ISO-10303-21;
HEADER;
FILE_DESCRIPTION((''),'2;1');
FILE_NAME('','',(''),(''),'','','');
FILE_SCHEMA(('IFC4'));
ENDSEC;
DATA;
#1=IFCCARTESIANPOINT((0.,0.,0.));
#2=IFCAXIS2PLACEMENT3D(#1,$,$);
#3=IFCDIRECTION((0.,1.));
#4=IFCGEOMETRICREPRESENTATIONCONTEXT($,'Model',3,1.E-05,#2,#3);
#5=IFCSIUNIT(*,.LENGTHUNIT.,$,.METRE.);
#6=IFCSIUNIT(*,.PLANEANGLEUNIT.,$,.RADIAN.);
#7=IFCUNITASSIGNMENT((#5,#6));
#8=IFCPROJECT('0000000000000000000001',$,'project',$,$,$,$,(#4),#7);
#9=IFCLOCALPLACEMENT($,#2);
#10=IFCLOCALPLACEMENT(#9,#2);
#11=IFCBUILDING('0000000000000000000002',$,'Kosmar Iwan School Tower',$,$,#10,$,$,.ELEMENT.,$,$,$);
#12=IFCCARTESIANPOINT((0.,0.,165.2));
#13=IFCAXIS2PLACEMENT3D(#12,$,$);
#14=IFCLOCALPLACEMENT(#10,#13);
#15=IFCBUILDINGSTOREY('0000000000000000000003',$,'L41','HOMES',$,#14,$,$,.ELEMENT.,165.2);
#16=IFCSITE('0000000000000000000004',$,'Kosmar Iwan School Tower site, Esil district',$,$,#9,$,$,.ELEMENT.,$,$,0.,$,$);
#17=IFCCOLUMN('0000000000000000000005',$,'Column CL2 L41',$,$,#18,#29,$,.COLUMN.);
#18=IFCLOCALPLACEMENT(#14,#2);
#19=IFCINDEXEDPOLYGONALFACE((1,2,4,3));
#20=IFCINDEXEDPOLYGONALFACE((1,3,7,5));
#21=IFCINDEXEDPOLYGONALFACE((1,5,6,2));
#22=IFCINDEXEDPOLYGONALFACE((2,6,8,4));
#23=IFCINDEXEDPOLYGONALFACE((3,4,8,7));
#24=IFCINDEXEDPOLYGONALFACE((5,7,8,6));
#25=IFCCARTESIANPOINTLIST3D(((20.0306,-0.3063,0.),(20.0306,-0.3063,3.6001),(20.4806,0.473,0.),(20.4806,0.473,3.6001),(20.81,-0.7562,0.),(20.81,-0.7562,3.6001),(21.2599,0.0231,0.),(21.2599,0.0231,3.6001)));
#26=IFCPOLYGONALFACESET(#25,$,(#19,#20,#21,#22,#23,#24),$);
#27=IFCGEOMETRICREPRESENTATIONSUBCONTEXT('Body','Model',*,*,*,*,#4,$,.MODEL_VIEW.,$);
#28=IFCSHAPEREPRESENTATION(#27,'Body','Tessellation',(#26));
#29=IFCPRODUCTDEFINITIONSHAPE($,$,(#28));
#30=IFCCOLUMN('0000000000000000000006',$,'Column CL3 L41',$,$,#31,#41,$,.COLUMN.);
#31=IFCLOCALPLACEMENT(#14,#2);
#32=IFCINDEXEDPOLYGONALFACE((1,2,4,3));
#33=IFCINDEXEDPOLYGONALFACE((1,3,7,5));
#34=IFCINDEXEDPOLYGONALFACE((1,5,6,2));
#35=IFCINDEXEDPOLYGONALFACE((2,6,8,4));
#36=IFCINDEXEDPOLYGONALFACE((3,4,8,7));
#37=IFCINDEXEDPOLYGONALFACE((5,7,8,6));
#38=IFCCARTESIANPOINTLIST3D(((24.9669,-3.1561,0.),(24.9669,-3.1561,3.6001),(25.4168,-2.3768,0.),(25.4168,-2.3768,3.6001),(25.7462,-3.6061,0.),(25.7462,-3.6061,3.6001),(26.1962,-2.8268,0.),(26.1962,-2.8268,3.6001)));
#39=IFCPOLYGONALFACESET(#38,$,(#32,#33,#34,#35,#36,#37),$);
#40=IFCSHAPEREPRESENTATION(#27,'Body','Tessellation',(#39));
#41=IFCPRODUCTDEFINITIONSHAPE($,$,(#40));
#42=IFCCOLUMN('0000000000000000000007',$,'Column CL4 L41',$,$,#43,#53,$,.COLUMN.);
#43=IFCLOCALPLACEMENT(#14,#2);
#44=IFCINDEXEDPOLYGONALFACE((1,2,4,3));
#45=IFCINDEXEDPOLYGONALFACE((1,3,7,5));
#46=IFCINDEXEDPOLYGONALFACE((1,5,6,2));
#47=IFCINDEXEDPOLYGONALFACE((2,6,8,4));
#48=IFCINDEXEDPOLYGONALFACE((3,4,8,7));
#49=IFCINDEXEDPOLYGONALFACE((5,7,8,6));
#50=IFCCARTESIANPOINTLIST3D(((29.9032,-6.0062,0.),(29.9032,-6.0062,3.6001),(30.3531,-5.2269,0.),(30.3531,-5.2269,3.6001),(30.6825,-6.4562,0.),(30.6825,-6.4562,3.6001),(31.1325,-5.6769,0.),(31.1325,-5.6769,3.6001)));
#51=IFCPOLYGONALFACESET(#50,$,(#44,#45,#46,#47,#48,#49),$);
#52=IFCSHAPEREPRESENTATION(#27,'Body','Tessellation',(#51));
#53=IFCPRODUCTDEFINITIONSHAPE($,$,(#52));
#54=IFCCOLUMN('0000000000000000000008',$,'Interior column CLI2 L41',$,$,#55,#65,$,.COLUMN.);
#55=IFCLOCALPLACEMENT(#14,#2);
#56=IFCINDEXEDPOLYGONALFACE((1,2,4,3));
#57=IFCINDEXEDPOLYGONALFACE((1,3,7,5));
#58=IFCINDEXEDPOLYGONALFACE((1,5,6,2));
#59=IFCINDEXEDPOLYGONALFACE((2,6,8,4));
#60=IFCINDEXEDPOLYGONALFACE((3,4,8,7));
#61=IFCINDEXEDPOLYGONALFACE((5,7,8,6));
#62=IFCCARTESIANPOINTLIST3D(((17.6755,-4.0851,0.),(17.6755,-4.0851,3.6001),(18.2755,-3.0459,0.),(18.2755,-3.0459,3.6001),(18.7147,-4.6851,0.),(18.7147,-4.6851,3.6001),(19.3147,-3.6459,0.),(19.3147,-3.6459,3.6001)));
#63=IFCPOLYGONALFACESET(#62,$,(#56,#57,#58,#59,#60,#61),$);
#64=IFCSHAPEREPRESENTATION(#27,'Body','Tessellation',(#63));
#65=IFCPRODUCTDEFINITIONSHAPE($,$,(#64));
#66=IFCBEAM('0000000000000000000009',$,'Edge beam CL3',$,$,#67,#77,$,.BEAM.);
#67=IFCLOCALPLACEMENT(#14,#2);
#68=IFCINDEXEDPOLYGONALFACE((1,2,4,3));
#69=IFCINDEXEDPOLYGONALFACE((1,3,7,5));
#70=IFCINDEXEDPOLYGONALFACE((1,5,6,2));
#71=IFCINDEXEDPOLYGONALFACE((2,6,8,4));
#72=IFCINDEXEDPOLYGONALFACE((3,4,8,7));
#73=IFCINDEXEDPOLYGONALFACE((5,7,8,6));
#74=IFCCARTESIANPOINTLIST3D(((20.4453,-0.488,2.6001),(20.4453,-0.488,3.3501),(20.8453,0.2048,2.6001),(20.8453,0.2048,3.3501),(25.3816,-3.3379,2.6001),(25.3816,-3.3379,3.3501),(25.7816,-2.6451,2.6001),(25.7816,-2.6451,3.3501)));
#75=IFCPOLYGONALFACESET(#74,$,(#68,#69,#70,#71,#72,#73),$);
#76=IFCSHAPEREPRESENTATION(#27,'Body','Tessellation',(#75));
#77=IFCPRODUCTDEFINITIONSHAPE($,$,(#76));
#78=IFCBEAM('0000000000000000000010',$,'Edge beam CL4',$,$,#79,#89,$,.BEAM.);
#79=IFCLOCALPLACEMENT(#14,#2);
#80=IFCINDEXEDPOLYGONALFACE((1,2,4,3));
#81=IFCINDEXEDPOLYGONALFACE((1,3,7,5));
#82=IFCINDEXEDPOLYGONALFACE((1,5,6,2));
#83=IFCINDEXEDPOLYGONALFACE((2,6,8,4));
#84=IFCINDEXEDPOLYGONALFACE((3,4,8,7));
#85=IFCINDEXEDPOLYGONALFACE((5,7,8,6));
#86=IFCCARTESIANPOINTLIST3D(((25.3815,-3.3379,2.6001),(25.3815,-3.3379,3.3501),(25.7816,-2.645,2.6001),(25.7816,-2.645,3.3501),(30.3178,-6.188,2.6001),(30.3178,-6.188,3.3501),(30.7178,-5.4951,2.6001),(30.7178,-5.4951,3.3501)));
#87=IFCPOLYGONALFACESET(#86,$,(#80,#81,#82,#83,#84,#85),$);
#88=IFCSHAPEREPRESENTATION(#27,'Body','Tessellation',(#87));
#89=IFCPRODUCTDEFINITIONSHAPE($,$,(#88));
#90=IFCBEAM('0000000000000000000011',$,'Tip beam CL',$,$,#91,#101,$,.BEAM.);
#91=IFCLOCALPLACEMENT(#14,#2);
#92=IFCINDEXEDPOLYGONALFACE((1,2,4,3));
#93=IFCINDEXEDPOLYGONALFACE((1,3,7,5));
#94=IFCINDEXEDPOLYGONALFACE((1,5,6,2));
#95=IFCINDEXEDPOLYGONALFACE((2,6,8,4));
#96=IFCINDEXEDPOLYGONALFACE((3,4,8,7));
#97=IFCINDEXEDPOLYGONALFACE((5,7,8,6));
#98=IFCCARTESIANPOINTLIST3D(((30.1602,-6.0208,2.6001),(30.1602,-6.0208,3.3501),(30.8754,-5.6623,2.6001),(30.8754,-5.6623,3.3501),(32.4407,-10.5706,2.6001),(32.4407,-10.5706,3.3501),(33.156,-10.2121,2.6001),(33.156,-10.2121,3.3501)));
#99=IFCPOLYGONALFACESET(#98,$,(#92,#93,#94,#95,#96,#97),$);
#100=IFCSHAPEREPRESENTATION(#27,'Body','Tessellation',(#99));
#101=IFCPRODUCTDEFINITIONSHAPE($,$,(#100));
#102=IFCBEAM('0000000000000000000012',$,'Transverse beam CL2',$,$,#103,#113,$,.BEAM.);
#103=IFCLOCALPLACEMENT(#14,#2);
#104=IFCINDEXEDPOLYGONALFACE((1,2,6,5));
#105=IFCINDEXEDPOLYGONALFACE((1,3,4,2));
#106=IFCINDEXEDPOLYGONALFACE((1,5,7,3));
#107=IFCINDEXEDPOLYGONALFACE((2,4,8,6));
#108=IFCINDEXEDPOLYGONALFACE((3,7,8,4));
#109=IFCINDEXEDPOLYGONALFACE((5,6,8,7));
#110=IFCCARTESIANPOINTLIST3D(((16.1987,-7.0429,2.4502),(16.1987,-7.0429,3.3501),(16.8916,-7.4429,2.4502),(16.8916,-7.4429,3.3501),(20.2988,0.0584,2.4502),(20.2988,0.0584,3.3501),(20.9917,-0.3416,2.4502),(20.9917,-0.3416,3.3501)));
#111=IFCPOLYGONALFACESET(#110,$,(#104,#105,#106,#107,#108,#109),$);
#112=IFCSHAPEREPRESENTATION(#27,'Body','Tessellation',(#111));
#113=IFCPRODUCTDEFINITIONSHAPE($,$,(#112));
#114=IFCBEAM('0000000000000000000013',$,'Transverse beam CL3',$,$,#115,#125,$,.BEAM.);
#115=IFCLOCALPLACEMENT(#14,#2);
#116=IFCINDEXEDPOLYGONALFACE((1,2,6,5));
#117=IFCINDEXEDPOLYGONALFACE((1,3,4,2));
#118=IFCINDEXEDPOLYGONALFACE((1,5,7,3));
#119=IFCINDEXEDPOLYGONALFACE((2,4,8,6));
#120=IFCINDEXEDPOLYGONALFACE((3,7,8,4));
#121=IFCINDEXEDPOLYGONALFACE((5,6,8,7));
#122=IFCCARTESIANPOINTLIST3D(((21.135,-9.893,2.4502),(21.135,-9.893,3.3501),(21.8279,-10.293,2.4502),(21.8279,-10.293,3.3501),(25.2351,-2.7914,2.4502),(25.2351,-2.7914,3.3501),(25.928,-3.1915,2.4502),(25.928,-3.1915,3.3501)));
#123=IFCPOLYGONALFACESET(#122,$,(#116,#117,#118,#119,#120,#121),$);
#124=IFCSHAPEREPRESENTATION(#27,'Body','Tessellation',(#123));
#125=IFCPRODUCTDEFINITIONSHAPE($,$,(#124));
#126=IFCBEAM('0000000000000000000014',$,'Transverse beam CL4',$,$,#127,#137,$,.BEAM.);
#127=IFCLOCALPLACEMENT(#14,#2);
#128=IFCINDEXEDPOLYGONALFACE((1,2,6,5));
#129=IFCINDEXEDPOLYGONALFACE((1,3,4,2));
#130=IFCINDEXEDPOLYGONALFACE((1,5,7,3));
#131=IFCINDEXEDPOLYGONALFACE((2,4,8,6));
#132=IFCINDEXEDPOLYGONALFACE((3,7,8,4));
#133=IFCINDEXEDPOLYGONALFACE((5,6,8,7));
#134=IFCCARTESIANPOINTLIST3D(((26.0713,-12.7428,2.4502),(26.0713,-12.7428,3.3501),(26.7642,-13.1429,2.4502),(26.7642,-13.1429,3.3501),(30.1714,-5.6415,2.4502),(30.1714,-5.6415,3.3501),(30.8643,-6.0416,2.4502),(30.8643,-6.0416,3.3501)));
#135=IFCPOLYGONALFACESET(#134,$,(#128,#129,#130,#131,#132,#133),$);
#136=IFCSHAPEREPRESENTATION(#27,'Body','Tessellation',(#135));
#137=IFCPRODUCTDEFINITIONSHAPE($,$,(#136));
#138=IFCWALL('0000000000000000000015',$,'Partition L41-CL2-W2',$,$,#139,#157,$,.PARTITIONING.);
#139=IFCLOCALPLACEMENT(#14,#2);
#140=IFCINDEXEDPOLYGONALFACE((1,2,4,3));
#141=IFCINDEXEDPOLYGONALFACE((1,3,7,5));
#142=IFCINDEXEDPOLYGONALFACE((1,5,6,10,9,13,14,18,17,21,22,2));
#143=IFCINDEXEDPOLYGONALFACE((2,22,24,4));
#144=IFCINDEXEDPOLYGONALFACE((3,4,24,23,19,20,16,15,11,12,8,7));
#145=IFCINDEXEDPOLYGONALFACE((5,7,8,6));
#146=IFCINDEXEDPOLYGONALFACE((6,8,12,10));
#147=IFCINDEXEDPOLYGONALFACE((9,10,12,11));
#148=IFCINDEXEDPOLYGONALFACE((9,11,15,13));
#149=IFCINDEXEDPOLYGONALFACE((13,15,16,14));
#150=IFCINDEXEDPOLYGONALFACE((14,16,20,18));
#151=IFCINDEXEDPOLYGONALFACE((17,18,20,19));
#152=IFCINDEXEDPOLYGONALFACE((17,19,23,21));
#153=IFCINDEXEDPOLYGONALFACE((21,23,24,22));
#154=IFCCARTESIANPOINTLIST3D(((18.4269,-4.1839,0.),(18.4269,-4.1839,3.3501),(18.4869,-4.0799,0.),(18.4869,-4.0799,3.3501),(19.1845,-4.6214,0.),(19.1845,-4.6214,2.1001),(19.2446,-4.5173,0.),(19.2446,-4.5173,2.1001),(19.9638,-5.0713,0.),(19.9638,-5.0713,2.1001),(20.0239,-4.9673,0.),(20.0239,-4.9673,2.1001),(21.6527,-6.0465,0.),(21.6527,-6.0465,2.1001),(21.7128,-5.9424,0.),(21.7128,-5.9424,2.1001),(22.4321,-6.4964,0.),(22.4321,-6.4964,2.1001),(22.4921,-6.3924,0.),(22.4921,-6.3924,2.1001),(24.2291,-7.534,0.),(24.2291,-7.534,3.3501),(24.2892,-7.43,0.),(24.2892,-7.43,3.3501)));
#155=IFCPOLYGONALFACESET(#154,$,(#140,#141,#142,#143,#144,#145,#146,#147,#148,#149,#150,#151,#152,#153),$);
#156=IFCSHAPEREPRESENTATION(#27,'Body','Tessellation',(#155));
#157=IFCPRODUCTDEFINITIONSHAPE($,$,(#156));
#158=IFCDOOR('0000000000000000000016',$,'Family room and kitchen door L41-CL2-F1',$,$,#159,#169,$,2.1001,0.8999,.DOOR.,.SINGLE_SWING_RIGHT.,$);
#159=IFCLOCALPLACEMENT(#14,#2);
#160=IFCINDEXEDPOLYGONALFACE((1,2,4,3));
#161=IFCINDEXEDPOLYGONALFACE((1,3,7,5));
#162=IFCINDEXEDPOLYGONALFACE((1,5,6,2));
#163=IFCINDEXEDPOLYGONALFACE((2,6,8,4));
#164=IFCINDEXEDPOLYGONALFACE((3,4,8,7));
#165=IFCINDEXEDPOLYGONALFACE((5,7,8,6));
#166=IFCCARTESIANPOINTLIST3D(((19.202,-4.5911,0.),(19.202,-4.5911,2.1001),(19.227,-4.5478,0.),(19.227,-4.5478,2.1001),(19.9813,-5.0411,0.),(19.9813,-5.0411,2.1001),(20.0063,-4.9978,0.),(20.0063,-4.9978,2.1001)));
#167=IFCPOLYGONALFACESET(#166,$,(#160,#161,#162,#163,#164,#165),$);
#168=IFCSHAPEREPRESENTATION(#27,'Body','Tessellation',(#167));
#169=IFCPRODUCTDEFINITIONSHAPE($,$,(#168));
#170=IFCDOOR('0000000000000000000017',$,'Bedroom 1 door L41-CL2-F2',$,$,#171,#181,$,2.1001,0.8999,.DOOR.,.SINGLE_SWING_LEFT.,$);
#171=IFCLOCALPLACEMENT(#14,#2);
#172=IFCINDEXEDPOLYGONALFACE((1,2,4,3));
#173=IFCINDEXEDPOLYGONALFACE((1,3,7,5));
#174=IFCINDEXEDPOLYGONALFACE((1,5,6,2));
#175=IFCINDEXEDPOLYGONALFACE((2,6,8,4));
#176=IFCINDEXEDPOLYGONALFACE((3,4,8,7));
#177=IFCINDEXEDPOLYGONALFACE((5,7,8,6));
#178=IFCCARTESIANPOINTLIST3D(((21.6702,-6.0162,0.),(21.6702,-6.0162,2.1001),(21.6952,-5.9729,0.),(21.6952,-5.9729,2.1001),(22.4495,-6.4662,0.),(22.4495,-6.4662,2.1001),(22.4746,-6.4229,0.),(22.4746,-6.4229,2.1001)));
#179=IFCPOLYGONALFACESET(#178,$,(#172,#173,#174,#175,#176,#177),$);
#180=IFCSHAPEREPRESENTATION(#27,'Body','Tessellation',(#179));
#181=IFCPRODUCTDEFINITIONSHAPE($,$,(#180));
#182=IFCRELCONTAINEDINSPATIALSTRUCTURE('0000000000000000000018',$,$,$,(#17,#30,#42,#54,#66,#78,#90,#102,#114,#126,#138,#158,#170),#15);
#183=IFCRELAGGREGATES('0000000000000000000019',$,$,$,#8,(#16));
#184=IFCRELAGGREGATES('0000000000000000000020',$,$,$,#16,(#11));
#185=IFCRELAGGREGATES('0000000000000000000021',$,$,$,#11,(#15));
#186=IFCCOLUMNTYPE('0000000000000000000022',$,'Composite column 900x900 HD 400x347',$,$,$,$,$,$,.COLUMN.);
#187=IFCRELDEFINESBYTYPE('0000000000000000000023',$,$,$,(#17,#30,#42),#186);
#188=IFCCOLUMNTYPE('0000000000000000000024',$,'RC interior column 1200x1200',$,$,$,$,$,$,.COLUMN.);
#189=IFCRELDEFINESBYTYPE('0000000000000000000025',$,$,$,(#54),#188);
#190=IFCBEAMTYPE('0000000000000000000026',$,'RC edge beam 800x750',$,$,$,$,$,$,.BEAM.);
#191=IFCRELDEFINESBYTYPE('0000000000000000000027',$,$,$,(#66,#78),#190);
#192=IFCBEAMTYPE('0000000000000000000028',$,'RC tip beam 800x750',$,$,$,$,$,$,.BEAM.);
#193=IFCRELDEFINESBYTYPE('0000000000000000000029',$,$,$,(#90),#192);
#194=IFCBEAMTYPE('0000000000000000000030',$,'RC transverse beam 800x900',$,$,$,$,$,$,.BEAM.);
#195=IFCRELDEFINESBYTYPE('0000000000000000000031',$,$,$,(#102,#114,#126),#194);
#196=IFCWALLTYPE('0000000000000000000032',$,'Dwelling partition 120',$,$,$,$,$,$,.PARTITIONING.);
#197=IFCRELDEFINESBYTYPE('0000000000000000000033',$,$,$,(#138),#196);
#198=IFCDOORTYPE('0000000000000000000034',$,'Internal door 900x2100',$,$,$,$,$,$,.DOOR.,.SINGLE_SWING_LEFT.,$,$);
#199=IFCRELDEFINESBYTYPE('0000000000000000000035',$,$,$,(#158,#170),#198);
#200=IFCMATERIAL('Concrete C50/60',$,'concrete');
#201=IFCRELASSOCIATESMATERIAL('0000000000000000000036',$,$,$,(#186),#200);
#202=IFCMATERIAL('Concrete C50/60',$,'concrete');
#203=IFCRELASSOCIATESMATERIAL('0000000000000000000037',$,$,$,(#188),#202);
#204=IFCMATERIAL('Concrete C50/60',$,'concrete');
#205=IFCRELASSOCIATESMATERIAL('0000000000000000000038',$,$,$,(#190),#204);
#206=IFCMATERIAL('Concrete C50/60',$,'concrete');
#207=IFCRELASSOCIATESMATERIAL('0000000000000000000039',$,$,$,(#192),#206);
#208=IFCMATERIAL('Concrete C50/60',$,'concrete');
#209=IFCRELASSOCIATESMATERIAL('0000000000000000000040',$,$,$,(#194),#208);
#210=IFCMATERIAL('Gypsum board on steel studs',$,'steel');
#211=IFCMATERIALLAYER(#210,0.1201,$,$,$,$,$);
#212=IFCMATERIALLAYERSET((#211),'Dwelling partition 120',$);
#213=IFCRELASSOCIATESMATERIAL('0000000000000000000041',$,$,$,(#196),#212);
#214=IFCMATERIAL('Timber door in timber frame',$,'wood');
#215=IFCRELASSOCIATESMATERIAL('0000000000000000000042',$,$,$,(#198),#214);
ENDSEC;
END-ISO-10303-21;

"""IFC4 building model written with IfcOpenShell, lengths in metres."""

from ifc_helpers import new_model, si_unit, direction, frame, frame_2d, origin, origin_2d, place, context, subcontext, project, spatial, rectangle, extrude, material, layer, layer_set, material_profile, profile_set, type_object, element, fill, save


model = new_model("IFC4")

# Units and contexts
model_context = context("Model", 3, precision=1e-05, world=origin(), true_north=direction((0.0, 1.0)))
body_context = subcontext(model_context, "Body", "Model", "MODEL_VIEW")
ifc_project = project(units=[si_unit("LENGTHUNIT", "METRE"), si_unit("PLANEANGLEUNIT", "RADIAN")], contexts=[model_context])

# Site, building, storey
site_placement = place(None, origin())
site = spatial("IfcSite", under=ifc_project, at=site_placement, Name="Kosmar Iwan School Tower site, Esil district", CompositionType="ELEMENT", RefElevation=0.0)
building_placement = place(site_placement, origin())
building = spatial("IfcBuilding", under=site, at=building_placement, Name="Kosmar Iwan School Tower", CompositionType="ELEMENT")
storey_placement = place(building_placement, frame((0.0, 0.0, 165.2)))
storey = spatial("IfcBuildingStorey", under=building, at=storey_placement, Name="L41", Description="HOMES", CompositionType="ELEMENT", Elevation=165.2)

# Columns
ifc_material_1 = material(Name="Concrete C50/60", Category="concrete")
ifc_material_profile_1 = material_profile(ifc_material_1, rectangle(XDim=0.8999, YDim=0.8999, at=origin_2d()), Name="RC 900x900 + HD 400x347")
ifc_profile_set_1 = profile_set([ifc_material_profile_1], Name="Concrete C50/60")
column_type_1 = type_object("IfcColumnType", Name="Composite column 900x900 HD 400x347", PredefinedType="COLUMN", material=ifc_profile_set_1)
for number, where, z_axis, x_axis, name in (
    (1, (20.6453, -0.1416, 0.0), (0.0, 0.0, 1.0), (0.866025, -0.5, 0.0), "Column CL2 L41"),
    (2, (25.5815, -2.9915, 0.0), (0.0, 0.0, 1.0), (0.866025, -0.5, 0.0), "Column CL3 L41"),
    (3, (30.5178, -5.8416, 0.0), (0.0, 0.0, 1.0), (0.866025, -0.5, 0.0), "Column CL4 L41"),
):
    element("IfcColumn", number, at=place(storey_placement, frame(where, z_axis=z_axis, x_axis=x_axis)), inside=storey, type_object=column_type_1, Name=name, PredefinedType="COLUMN", context=body_context, shape_type="SweptSolid", body=[
        extrude(rectangle(XDim=0.8999, YDim=0.8999, at=origin_2d()), origin(), (0.0, 0.0, 1.0), 3.6001),
    ])
ifc_material_2 = material(Name="Concrete C50/60", Category="concrete")
ifc_material_profile_2 = material_profile(ifc_material_2, rectangle(XDim=1.2, YDim=1.2, at=origin_2d()), Name="RC 1200x1200")
ifc_profile_set_2 = profile_set([ifc_material_profile_2], Name="Concrete C50/60")
column_type_2 = type_object("IfcColumnType", Name="RC interior column 1200x1200", PredefinedType="COLUMN", material=ifc_profile_set_2)
column_placement = place(storey_placement, frame((18.4951, -3.8655, 0.0), z_axis=(0.0, 0.0, 1.0), x_axis=(0.866025, -0.5, 0.0)))
element("IfcColumn", 4, at=column_placement, inside=storey, type_object=column_type_2, Name="Interior column CLI2 L41", PredefinedType="COLUMN", context=body_context, shape_type="SweptSolid", body=[
    extrude(rectangle(XDim=1.2, YDim=1.2, at=origin_2d()), origin(), (0.0, 0.0, 1.0), 3.6001),
])

# Beams
ifc_material_3 = material(Name="Concrete C50/60", Category="concrete")
ifc_material_profile_3 = material_profile(ifc_material_3, rectangle(XDim=0.8, YDim=0.75, at=origin_2d()), Name="RC 800x750")
ifc_profile_set_3 = profile_set([ifc_material_profile_3], Name="Concrete C50/60")
beam_type_1 = type_object("IfcBeamType", Name="RC edge beam 800x750", PredefinedType="BEAM", material=ifc_profile_set_3)
for number, where, z_axis, x_axis, name in (
    (5, (20.6453, -0.1416, 2.9751), (0.866034, -0.499986, 0.0), (0.499986, 0.866034, 0.0), "Edge beam CL3"),
    (6, (25.5815, -2.9915, 2.9751), (0.866015, -0.500018, 0.0), (0.500018, 0.866015, 0.0), "Edge beam CL4"),
):
    element("IfcBeam", number, at=place(storey_placement, frame(where, z_axis=z_axis, x_axis=x_axis)), inside=storey, type_object=beam_type_1, Name=name, PredefinedType="BEAM", context=body_context, shape_type="SweptSolid", body=[
        extrude(rectangle(XDim=0.8, YDim=0.75, at=origin_2d()), origin(), (0.0, 0.0, 1.0), 5.7),
    ])
ifc_material_4 = material(Name="Concrete C50/60", Category="concrete")
ifc_material_profile_4 = material_profile(ifc_material_4, rectangle(XDim=0.8, YDim=0.75, at=origin_2d()), Name="RC 800x750")
ifc_profile_set_4 = profile_set([ifc_material_profile_4], Name="Concrete C50/60")
beam_type_2 = type_object("IfcBeamType", Name="RC tip beam 800x750", PredefinedType="BEAM", material=ifc_profile_set_4)
beam_1_placement = place(storey_placement, frame((30.5178, -5.8416, 2.9751), z_axis=(0.448096, -0.893985, 0.0), x_axis=(0.893985, 0.448096, 0.0)))
element("IfcBeam", 7, at=beam_1_placement, inside=storey, type_object=beam_type_2, Name="Tip beam CL", PredefinedType="BEAM", context=body_context, shape_type="SweptSolid", body=[
    extrude(rectangle(XDim=0.8, YDim=0.75, at=origin_2d()), origin(), (0.0, 0.0, 1.0), 5.0894),
])
ifc_material_5 = material(Name="Concrete C50/60", Category="concrete")
ifc_material_profile_5 = material_profile(ifc_material_5, rectangle(XDim=0.8, YDim=0.8999, at=origin_2d()), Name="RC 800x900")
ifc_profile_set_5 = profile_set([ifc_material_profile_5], Name="Concrete C50/60")
beam_type_3 = type_object("IfcBeamType", Name="RC transverse beam 800x900", PredefinedType="BEAM", material=ifc_profile_set_5)
beam_2_placement = place(storey_placement, frame((20.6453, -0.1416, 2.9001), z_axis=(-0.500014, -0.866018, 0.0), x_axis=(0.866018, -0.500014, 0.0)))
element("IfcBeam", 8, at=beam_2_placement, inside=storey, type_object=beam_type_3, Name="Transverse beam CL2", PredefinedType="BEAM", context=body_context, shape_type="SweptSolid", body=[
    extrude(rectangle(XDim=0.8, YDim=0.8999, at=origin_2d()), origin(), (0.0, 0.0, 1.0), 8.2),
])
beam_3_placement = place(storey_placement, frame((25.5815, -2.9915, 2.9001), z_axis=(-0.500001, -0.866025, 0.0), x_axis=(0.866025, -0.500001, 0.0)))
element("IfcBeam", 9, at=beam_3_placement, inside=storey, type_object=beam_type_3, Name="Transverse beam CL3", PredefinedType="BEAM", context=body_context, shape_type="SweptSolid", body=[
    extrude(rectangle(XDim=0.8, YDim=0.8999, at=origin_2d()), origin(), (0.0, 0.0, 1.0), 8.2002),
])
beam_4_placement = place(storey_placement, frame((30.5178, -5.8416, 2.9001), z_axis=(-0.500014, -0.866018, 0.0), x_axis=(0.866018, -0.500014, 0.0)))
element("IfcBeam", 10, at=beam_4_placement, inside=storey, type_object=beam_type_3, Name="Transverse beam CL4", PredefinedType="BEAM", context=body_context, shape_type="SweptSolid", body=[
    extrude(rectangle(XDim=0.8, YDim=0.8999, at=origin_2d()), origin(), (0.0, 0.0, 1.0), 8.2),
])

# Wall, openings, doors
ifc_material_6 = material(Name="Gypsum board on steel studs", Category="steel")
ifc_layer_1 = layer(ifc_material_6, 0.1201)
ifc_layer_set_1 = layer_set([ifc_layer_1], Name="Dwelling partition 120")
wall_type_1 = type_object("IfcWallType", Name="Dwelling partition 120", PredefinedType="PARTITIONING", material=ifc_layer_set_1)
wall_1_placement = place(storey_placement, frame((18.4568, -4.1318, 0.0), z_axis=(0.0, 0.0, 1.0), x_axis=(0.866014, -0.500019, 0.0)))
wall_1 = element("IfcWall", 11, at=wall_1_placement, inside=storey, type_object=wall_type_1, Name="Partition L41-CL2-W2", PredefinedType="PARTITIONING", context=body_context, shape_type="SweptSolid", body=[
    extrude(rectangle(XDim=6.7, YDim=0.1201, at=frame_2d((3.3501, 0.0))), origin(), (0.0, 0.0, 1.0), 3.3501),
])
opening_1_placement = place(wall_1_placement, frame((0.875, 0.0, 0.0)))
opening_1 = element("IfcOpeningElement", 12, at=opening_1_placement, cuts=wall_1, PredefinedType="OPENING", context=body_context, shape_type="SweptSolid", body=[
    extrude(rectangle(XDim=0.8999, YDim=2.1001, at=frame_2d((0.45, 1.05))), frame((0.0, 0.072, 0.0), z_axis=(0.0, -1.0, 0.0), x_axis=(1.0, 0.0, 0.0)), (0.0, 0.0, 1.0), 0.144),
])
opening_2_placement = place(wall_1_placement, frame((3.7251, 0.0, 0.0)))
opening_2 = element("IfcOpeningElement", 13, at=opening_2_placement, cuts=wall_1, PredefinedType="OPENING", context=body_context, shape_type="SweptSolid", body=[
    extrude(rectangle(XDim=0.8999, YDim=2.1001, at=frame_2d((0.45, 1.05))), frame((0.0, 0.072, 0.0), z_axis=(0.0, -1.0, 0.0), x_axis=(1.0, 0.0, 0.0)), (0.0, 0.0, 1.0), 0.144),
])
ifc_material_7 = material(Name="Timber door in timber frame", Category="wood")
door_type = type_object("IfcDoorType", Name="Internal door 900x2100", OperationType="SINGLE_SWING_LEFT", PredefinedType="DOOR", material=ifc_material_7)
door_1_placement = place(opening_1_placement, origin())
door_1 = element("IfcDoor", 14, at=door_1_placement, inside=storey, type_object=door_type, Name="Family room and kitchen door L41-CL2-F1", OperationType="SINGLE_SWING_RIGHT", OverallHeight=2.1001, OverallWidth=0.8999, PredefinedType="DOOR", context=body_context, shape_type="SweptSolid", body=[
    extrude(rectangle(XDim=0.8999, YDim=2.1001, at=frame_2d((0.45, 1.05))), frame((0.0, 0.0249, 0.0), z_axis=(0.0, -1.0, 0.0), x_axis=(1.0, 0.0, 0.0)), (0.0, 0.0, 1.0), 0.05),
])
fill(opening_1, door_1)
door_2_placement = place(opening_2_placement, origin())
door_2 = element("IfcDoor", 15, at=door_2_placement, inside=storey, type_object=door_type, Name="Bedroom 1 door L41-CL2-F2", OperationType="SINGLE_SWING_LEFT", OverallHeight=2.1001, OverallWidth=0.8999, PredefinedType="DOOR", context=body_context, shape_type="SweptSolid", body=[
    extrude(rectangle(XDim=0.8999, YDim=2.1001, at=frame_2d((0.45, 1.05))), frame((0.0, 0.0249, 0.0), z_axis=(0.0, -1.0, 0.0), x_axis=(1.0, 0.0, 0.0)), (0.0, 0.0, 1.0), 0.05),
])
fill(opening_2, door_2)

save(model, "model.ifc")
